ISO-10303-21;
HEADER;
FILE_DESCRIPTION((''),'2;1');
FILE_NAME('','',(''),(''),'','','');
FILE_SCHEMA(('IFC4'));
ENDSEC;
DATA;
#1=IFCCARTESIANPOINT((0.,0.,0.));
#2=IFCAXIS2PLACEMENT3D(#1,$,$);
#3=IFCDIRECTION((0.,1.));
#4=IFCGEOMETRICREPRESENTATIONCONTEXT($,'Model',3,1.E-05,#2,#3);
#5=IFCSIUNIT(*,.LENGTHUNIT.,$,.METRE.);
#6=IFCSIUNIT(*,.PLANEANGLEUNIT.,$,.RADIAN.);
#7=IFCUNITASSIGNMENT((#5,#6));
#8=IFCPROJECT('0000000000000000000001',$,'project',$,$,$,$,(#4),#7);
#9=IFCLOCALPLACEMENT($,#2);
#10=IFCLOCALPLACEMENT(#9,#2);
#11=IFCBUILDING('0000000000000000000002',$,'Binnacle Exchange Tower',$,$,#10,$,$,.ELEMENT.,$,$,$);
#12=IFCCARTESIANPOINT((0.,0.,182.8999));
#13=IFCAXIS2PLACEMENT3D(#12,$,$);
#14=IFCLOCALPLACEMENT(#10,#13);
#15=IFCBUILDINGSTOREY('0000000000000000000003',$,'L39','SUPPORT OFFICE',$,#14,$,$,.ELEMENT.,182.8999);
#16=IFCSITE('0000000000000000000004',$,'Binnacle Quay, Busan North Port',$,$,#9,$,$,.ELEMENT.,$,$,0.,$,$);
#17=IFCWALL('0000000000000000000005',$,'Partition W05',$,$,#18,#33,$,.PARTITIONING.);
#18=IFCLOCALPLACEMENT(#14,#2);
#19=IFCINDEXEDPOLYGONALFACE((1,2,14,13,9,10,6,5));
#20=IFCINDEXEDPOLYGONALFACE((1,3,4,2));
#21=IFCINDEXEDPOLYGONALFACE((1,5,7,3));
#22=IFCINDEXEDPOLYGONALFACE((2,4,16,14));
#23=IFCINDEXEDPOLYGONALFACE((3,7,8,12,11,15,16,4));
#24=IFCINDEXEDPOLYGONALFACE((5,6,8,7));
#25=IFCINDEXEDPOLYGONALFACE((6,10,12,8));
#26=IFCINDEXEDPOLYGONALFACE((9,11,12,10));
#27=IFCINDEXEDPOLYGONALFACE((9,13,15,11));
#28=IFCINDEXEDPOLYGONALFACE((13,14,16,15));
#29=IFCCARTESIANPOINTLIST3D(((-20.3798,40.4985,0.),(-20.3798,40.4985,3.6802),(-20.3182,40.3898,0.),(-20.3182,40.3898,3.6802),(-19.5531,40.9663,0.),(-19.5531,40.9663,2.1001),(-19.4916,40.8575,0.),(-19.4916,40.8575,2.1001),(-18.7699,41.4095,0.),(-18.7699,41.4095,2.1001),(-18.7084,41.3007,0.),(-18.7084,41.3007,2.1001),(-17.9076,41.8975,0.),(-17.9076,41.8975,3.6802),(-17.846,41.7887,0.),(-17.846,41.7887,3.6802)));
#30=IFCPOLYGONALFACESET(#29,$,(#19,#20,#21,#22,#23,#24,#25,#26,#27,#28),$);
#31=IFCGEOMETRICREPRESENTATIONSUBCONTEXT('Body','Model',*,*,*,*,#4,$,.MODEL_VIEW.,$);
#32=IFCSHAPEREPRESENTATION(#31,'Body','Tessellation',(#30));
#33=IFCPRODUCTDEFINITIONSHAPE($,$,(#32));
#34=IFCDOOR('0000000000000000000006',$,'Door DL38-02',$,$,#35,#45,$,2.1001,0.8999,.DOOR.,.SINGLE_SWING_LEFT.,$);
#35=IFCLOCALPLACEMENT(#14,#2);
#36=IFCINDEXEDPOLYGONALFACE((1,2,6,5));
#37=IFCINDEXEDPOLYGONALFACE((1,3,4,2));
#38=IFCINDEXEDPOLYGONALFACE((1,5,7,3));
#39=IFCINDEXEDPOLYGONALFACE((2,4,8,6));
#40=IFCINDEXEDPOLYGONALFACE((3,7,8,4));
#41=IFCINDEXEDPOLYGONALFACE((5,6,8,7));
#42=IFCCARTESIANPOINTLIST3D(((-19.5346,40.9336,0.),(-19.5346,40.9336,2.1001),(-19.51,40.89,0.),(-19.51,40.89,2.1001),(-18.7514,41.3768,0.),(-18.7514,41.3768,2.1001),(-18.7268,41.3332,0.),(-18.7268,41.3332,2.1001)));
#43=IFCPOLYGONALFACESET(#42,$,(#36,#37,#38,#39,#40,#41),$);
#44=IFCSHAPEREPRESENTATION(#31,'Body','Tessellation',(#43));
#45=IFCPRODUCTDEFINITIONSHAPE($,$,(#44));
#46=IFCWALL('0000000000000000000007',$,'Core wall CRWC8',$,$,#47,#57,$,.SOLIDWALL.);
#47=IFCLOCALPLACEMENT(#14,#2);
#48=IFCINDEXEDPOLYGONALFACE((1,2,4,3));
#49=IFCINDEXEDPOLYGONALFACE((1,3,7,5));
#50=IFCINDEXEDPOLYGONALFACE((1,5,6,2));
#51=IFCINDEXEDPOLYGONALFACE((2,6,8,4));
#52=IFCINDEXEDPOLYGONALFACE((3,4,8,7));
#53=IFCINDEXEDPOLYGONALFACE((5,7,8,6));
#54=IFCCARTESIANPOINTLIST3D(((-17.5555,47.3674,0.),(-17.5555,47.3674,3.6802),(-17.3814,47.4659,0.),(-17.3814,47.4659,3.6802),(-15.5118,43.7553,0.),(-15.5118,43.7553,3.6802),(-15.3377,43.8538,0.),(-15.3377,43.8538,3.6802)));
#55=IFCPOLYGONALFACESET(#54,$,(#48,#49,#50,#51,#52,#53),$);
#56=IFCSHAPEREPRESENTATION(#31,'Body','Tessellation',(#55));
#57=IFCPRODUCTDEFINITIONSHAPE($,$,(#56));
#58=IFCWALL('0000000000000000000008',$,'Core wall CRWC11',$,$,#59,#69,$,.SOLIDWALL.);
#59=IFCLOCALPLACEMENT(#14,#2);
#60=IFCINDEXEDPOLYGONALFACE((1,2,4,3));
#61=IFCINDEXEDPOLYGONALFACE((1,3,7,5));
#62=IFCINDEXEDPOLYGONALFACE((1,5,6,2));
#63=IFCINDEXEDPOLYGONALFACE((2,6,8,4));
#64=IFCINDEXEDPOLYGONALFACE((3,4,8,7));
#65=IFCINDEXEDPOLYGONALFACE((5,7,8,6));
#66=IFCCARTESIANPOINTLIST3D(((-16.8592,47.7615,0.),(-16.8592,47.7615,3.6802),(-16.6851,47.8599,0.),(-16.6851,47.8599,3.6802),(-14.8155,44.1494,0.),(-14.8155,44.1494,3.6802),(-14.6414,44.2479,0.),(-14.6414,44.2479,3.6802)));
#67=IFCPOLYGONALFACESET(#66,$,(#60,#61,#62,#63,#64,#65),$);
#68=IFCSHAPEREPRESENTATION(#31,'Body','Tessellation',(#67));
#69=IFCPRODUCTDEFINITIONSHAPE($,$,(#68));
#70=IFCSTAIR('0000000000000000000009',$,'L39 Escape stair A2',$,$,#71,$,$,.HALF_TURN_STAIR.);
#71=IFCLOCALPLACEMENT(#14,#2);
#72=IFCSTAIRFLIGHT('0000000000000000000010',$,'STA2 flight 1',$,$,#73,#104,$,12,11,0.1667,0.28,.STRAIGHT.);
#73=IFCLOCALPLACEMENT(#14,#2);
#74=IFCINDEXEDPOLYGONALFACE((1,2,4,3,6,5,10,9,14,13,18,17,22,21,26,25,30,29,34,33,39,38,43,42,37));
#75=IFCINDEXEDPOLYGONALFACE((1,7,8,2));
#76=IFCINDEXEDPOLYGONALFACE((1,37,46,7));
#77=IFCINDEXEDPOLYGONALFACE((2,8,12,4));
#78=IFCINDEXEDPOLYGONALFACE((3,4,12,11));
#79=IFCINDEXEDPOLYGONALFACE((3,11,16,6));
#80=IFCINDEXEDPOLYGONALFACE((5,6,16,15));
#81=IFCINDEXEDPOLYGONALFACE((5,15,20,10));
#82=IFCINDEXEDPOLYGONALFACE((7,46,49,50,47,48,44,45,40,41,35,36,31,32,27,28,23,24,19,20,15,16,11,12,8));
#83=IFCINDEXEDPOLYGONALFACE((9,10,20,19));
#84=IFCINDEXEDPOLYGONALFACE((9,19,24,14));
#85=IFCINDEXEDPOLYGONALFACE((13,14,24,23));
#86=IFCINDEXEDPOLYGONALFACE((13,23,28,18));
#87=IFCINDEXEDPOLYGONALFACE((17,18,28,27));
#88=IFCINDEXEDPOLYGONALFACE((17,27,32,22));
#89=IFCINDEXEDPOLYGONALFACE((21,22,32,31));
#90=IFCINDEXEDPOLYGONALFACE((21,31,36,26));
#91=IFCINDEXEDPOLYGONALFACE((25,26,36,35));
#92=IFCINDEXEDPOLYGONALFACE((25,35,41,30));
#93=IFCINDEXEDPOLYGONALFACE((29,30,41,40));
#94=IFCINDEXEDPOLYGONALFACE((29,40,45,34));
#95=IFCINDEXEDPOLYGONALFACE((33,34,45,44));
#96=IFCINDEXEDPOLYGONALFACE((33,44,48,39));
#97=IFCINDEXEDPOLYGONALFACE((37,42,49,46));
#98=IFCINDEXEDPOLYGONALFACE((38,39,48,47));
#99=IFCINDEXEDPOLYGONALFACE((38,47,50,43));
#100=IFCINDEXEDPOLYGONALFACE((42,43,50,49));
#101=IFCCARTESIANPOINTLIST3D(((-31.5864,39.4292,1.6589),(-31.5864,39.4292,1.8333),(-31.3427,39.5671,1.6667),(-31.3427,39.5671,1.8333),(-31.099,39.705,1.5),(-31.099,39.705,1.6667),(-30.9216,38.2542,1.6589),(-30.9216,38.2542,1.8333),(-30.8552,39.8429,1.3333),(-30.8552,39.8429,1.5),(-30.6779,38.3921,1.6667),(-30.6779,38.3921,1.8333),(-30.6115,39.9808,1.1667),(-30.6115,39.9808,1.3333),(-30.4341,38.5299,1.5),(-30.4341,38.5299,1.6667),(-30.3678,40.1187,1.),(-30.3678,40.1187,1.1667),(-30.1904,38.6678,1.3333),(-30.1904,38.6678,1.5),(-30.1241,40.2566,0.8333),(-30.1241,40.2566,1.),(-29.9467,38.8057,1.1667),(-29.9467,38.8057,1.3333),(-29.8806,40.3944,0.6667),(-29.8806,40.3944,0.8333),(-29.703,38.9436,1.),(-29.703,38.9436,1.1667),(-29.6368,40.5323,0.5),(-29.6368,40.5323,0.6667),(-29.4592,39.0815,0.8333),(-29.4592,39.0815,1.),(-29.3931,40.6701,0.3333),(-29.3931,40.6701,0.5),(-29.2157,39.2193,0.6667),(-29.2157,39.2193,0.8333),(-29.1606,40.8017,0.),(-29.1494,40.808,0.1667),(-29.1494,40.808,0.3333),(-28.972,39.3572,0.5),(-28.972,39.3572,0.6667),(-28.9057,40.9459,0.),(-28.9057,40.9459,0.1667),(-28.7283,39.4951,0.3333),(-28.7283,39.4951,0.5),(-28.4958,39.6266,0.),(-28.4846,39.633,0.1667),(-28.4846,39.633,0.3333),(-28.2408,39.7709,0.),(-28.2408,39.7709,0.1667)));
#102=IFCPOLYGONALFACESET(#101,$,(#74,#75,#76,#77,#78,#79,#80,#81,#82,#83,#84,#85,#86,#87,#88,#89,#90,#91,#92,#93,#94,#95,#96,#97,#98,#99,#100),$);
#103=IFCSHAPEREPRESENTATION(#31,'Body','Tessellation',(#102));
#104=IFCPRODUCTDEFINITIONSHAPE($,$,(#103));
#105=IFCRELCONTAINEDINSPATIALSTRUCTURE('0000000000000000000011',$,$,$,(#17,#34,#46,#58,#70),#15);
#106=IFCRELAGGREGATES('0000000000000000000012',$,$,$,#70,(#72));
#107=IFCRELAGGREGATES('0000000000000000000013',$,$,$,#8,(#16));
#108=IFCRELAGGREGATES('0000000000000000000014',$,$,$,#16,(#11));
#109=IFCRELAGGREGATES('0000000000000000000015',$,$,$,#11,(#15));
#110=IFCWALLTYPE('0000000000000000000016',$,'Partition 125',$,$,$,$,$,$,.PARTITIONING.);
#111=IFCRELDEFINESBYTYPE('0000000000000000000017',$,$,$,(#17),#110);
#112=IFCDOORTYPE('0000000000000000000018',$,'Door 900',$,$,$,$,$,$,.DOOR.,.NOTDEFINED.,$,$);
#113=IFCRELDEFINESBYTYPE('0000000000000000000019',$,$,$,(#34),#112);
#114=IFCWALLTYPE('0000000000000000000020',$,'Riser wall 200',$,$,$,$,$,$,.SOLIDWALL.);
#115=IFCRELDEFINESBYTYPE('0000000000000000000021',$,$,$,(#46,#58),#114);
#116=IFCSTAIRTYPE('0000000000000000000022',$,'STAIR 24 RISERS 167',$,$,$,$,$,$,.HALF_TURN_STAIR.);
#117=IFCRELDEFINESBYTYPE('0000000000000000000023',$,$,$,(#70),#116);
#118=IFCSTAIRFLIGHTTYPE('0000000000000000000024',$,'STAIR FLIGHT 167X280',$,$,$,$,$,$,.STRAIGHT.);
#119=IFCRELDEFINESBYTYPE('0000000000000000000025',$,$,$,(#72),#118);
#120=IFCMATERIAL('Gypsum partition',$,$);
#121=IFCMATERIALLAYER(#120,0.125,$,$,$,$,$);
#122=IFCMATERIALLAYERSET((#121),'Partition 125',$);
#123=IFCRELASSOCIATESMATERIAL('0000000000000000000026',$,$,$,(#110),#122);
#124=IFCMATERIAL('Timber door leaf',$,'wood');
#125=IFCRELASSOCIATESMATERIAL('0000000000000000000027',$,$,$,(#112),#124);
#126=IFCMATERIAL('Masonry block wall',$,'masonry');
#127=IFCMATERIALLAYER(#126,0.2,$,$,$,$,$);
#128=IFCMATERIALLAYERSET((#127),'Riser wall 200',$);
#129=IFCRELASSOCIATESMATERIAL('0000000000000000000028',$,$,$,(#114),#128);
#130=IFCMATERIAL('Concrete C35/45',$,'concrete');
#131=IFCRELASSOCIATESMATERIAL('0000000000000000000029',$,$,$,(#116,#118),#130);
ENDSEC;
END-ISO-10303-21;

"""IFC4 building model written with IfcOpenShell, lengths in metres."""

from ifc_helpers import new_model, si_unit, direction, frame, frame_2d, origin, place, context, subcontext, project, spatial, polyline, rectangle, outline, extrude, material, layer, layer_set, type_object, element, fill, aggregate, save


model = new_model("IFC4")

# Units and contexts
model_context = context("Model", 3, precision=1e-05, world=origin(), true_north=direction((0.0, 1.0)))
body_context = subcontext(model_context, "Body", "Model", "MODEL_VIEW")
ifc_project = project(units=[si_unit("LENGTHUNIT", "METRE"), si_unit("PLANEANGLEUNIT", "RADIAN")], contexts=[model_context])

# Site, building, storey
site_placement = place(None, origin())
site = spatial("IfcSite", under=ifc_project, at=site_placement, Name="Binnacle Quay, Busan North Port", CompositionType="ELEMENT", RefElevation=0.0)
building_placement = place(site_placement, origin())
building = spatial("IfcBuilding", under=site, at=building_placement, Name="Binnacle Exchange Tower", CompositionType="ELEMENT")
storey_placement = place(building_placement, frame((0.0, 0.0, 182.8999)))
storey = spatial("IfcBuildingStorey", under=building, at=storey_placement, Name="L39", Description="SUPPORT OFFICE", CompositionType="ELEMENT", Elevation=182.8999)

# Wall, opening, door
ifc_material_1 = material(Name="Gypsum partition")
ifc_layer_1 = layer(ifc_material_1, 0.125)
ifc_layer_set_1 = layer_set([ifc_layer_1], Name="Partition 125")
wall_type_1 = type_object("IfcWallType", Name="Partition 125", PredefinedType="PARTITIONING", material=ifc_layer_set_1)
ifc_material_2 = material(Name="Timber door leaf", Category="wood")
wall_1_placement = place(storey_placement, frame((-20.3491, 40.4441, 0.0), z_axis=(0.0, 0.0, 1.0), x_axis=(0.870319, 0.492488, 0.0)))
wall_1 = element("IfcWall", 1, at=wall_1_placement, inside=storey, type_object=wall_type_1, Name="Partition W05", PredefinedType="PARTITIONING", context=body_context, shape_type="SweptSolid", body=[
    extrude(rectangle(XDim=2.8406, YDim=0.125, at=frame_2d((1.4204, 0.0))), origin(), (0.0, 0.0, 1.0), 3.6802),
])
opening_1_placement = place(wall_1_placement, frame((0.95, 0.0, 0.0)))
opening_1 = element("IfcOpeningElement", 2, at=opening_1_placement, cuts=wall_1, PredefinedType="OPENING", context=body_context, shape_type="SweptSolid", body=[
    extrude(rectangle(XDim=0.8999, YDim=2.1001, at=frame_2d((0.45, 1.05))), frame((0.0, 0.0725, 0.0), z_axis=(0.0, -1.0, 0.0), x_axis=(1.0, 0.0, 0.0)), (0.0, 0.0, 1.0), 0.145),
])
door_type_1 = type_object("IfcDoorType", Name="Door 900", OperationType="NOTDEFINED", PredefinedType="DOOR", material=ifc_material_2)
door_1_placement = place(opening_1_placement, origin())
door_1 = element("IfcDoor", 3, at=door_1_placement, inside=storey, type_object=door_type_1, Name="Door DL38-02", OperationType="SINGLE_SWING_LEFT", OverallHeight=2.1001, OverallWidth=0.8999, PredefinedType="DOOR", context=body_context, shape_type="SweptSolid", body=[
    extrude(rectangle(XDim=0.8999, YDim=2.1001, at=frame_2d((0.45, 1.05))), frame((0.0, 0.0249, 0.0), z_axis=(0.0, -1.0, 0.0), x_axis=(1.0, 0.0, 0.0)), (0.0, 0.0, 1.0), 0.05),
])
fill(opening_1, door_1)

# Walls
ifc_material_3 = material(Name="Masonry block wall", Category="masonry")
ifc_layer_2 = layer(ifc_material_3, 0.2)
ifc_layer_set_2 = layer_set([ifc_layer_2], Name="Riser wall 200")
wall_type_2 = type_object("IfcWallType", Name="Riser wall 200", PredefinedType="SOLIDWALL", material=ifc_layer_set_2)
for number, where, z_axis, x_axis, name in (
    (4, (-17.4685, 47.4167, 0.0), (0.0, 0.0, 1.0), (0.492441, -0.870346, 0.0), "Core wall CRWC8"),
    (5, (-16.7722, 47.8108, 0.0), (0.0, 0.0, 1.0), (0.492441, -0.870346, 0.0), "Core wall CRWC11"),
):
    element("IfcWall", number, at=place(storey_placement, frame(where, z_axis=z_axis, x_axis=x_axis)), inside=storey, type_object=wall_type_2, Name=name, PredefinedType="SOLIDWALL", context=body_context, shape_type="SweptSolid", body=[
        extrude(rectangle(XDim=4.1501, YDim=0.2, at=frame_2d((2.0752, 0.0))), origin(), (0.0, 0.0, 1.0), 3.6802),
    ])

# Stair, stair flight
ifc_material_4 = material(Name="Concrete C35/45", Category="concrete")
stair_type = type_object("IfcStairType", Name="STAIR 24 RISERS 167", PredefinedType="HALF_TURN_STAIR", material=ifc_material_4)
stair_placement = place(storey_placement, origin())
stair = element("IfcStair", 6, at=stair_placement, inside=storey, type_object=stair_type, Name="L39 Escape stair A2", PredefinedType="HALF_TURN_STAIR")
stair_flight_type = type_object("IfcStairFlightType", Name="STAIR FLIGHT 167X280", PredefinedType="STRAIGHT", material=ifc_material_4)
stair_flight_placement = place(storey_placement, frame((-28.5732, 40.3584, 0.0), z_axis=(0.0, 0.0, 1.0), x_axis=(-0.870356, -0.492424, 0.0)))
stair_flight = element("IfcStairFlight", 7, at=stair_flight_placement, type_object=stair_flight_type, Name="STA2 flight 1", NumberOfRisers=12, NumberOfTreads=11, PredefinedType="STRAIGHT", RiserHeight=0.1667, TreadLength=0.28, context=body_context, shape_type="SweptSolid", body=[
    extrude(outline(polyline([(0.0, 0.0), (0.0, 0.1667), (0.28, 0.1667), (0.28, 0.3333), (0.5601, 0.3333), (0.5601, 0.5), (0.8401, 0.5), (0.8401, 0.6667), (1.1201, 0.6667), (1.1201, 0.8333), (1.3999, 0.8333), (1.3999, 1.0), (1.6799, 1.0), (1.6799, 1.1667), (1.96, 1.1667), (1.96, 1.3333), (2.24, 1.3333), (2.24, 1.5), (2.52, 1.5), (2.52, 1.6667), (2.8, 1.6667), (2.8, 1.8333), (3.0801, 1.8333), (3.0801, 2.0), (3.0801, 1.6589), (0.293, 0.0), (0.0, 0.0)])), frame((0.0, 0.675, 0.0), z_axis=(0.0, -1.0, 0.0), x_axis=(1.0, 0.0, 0.0)), (0.0, 0.0, 1.0), 1.3501),
])
aggregate(stair, [stair_flight])

save(model, "model.ifc")
